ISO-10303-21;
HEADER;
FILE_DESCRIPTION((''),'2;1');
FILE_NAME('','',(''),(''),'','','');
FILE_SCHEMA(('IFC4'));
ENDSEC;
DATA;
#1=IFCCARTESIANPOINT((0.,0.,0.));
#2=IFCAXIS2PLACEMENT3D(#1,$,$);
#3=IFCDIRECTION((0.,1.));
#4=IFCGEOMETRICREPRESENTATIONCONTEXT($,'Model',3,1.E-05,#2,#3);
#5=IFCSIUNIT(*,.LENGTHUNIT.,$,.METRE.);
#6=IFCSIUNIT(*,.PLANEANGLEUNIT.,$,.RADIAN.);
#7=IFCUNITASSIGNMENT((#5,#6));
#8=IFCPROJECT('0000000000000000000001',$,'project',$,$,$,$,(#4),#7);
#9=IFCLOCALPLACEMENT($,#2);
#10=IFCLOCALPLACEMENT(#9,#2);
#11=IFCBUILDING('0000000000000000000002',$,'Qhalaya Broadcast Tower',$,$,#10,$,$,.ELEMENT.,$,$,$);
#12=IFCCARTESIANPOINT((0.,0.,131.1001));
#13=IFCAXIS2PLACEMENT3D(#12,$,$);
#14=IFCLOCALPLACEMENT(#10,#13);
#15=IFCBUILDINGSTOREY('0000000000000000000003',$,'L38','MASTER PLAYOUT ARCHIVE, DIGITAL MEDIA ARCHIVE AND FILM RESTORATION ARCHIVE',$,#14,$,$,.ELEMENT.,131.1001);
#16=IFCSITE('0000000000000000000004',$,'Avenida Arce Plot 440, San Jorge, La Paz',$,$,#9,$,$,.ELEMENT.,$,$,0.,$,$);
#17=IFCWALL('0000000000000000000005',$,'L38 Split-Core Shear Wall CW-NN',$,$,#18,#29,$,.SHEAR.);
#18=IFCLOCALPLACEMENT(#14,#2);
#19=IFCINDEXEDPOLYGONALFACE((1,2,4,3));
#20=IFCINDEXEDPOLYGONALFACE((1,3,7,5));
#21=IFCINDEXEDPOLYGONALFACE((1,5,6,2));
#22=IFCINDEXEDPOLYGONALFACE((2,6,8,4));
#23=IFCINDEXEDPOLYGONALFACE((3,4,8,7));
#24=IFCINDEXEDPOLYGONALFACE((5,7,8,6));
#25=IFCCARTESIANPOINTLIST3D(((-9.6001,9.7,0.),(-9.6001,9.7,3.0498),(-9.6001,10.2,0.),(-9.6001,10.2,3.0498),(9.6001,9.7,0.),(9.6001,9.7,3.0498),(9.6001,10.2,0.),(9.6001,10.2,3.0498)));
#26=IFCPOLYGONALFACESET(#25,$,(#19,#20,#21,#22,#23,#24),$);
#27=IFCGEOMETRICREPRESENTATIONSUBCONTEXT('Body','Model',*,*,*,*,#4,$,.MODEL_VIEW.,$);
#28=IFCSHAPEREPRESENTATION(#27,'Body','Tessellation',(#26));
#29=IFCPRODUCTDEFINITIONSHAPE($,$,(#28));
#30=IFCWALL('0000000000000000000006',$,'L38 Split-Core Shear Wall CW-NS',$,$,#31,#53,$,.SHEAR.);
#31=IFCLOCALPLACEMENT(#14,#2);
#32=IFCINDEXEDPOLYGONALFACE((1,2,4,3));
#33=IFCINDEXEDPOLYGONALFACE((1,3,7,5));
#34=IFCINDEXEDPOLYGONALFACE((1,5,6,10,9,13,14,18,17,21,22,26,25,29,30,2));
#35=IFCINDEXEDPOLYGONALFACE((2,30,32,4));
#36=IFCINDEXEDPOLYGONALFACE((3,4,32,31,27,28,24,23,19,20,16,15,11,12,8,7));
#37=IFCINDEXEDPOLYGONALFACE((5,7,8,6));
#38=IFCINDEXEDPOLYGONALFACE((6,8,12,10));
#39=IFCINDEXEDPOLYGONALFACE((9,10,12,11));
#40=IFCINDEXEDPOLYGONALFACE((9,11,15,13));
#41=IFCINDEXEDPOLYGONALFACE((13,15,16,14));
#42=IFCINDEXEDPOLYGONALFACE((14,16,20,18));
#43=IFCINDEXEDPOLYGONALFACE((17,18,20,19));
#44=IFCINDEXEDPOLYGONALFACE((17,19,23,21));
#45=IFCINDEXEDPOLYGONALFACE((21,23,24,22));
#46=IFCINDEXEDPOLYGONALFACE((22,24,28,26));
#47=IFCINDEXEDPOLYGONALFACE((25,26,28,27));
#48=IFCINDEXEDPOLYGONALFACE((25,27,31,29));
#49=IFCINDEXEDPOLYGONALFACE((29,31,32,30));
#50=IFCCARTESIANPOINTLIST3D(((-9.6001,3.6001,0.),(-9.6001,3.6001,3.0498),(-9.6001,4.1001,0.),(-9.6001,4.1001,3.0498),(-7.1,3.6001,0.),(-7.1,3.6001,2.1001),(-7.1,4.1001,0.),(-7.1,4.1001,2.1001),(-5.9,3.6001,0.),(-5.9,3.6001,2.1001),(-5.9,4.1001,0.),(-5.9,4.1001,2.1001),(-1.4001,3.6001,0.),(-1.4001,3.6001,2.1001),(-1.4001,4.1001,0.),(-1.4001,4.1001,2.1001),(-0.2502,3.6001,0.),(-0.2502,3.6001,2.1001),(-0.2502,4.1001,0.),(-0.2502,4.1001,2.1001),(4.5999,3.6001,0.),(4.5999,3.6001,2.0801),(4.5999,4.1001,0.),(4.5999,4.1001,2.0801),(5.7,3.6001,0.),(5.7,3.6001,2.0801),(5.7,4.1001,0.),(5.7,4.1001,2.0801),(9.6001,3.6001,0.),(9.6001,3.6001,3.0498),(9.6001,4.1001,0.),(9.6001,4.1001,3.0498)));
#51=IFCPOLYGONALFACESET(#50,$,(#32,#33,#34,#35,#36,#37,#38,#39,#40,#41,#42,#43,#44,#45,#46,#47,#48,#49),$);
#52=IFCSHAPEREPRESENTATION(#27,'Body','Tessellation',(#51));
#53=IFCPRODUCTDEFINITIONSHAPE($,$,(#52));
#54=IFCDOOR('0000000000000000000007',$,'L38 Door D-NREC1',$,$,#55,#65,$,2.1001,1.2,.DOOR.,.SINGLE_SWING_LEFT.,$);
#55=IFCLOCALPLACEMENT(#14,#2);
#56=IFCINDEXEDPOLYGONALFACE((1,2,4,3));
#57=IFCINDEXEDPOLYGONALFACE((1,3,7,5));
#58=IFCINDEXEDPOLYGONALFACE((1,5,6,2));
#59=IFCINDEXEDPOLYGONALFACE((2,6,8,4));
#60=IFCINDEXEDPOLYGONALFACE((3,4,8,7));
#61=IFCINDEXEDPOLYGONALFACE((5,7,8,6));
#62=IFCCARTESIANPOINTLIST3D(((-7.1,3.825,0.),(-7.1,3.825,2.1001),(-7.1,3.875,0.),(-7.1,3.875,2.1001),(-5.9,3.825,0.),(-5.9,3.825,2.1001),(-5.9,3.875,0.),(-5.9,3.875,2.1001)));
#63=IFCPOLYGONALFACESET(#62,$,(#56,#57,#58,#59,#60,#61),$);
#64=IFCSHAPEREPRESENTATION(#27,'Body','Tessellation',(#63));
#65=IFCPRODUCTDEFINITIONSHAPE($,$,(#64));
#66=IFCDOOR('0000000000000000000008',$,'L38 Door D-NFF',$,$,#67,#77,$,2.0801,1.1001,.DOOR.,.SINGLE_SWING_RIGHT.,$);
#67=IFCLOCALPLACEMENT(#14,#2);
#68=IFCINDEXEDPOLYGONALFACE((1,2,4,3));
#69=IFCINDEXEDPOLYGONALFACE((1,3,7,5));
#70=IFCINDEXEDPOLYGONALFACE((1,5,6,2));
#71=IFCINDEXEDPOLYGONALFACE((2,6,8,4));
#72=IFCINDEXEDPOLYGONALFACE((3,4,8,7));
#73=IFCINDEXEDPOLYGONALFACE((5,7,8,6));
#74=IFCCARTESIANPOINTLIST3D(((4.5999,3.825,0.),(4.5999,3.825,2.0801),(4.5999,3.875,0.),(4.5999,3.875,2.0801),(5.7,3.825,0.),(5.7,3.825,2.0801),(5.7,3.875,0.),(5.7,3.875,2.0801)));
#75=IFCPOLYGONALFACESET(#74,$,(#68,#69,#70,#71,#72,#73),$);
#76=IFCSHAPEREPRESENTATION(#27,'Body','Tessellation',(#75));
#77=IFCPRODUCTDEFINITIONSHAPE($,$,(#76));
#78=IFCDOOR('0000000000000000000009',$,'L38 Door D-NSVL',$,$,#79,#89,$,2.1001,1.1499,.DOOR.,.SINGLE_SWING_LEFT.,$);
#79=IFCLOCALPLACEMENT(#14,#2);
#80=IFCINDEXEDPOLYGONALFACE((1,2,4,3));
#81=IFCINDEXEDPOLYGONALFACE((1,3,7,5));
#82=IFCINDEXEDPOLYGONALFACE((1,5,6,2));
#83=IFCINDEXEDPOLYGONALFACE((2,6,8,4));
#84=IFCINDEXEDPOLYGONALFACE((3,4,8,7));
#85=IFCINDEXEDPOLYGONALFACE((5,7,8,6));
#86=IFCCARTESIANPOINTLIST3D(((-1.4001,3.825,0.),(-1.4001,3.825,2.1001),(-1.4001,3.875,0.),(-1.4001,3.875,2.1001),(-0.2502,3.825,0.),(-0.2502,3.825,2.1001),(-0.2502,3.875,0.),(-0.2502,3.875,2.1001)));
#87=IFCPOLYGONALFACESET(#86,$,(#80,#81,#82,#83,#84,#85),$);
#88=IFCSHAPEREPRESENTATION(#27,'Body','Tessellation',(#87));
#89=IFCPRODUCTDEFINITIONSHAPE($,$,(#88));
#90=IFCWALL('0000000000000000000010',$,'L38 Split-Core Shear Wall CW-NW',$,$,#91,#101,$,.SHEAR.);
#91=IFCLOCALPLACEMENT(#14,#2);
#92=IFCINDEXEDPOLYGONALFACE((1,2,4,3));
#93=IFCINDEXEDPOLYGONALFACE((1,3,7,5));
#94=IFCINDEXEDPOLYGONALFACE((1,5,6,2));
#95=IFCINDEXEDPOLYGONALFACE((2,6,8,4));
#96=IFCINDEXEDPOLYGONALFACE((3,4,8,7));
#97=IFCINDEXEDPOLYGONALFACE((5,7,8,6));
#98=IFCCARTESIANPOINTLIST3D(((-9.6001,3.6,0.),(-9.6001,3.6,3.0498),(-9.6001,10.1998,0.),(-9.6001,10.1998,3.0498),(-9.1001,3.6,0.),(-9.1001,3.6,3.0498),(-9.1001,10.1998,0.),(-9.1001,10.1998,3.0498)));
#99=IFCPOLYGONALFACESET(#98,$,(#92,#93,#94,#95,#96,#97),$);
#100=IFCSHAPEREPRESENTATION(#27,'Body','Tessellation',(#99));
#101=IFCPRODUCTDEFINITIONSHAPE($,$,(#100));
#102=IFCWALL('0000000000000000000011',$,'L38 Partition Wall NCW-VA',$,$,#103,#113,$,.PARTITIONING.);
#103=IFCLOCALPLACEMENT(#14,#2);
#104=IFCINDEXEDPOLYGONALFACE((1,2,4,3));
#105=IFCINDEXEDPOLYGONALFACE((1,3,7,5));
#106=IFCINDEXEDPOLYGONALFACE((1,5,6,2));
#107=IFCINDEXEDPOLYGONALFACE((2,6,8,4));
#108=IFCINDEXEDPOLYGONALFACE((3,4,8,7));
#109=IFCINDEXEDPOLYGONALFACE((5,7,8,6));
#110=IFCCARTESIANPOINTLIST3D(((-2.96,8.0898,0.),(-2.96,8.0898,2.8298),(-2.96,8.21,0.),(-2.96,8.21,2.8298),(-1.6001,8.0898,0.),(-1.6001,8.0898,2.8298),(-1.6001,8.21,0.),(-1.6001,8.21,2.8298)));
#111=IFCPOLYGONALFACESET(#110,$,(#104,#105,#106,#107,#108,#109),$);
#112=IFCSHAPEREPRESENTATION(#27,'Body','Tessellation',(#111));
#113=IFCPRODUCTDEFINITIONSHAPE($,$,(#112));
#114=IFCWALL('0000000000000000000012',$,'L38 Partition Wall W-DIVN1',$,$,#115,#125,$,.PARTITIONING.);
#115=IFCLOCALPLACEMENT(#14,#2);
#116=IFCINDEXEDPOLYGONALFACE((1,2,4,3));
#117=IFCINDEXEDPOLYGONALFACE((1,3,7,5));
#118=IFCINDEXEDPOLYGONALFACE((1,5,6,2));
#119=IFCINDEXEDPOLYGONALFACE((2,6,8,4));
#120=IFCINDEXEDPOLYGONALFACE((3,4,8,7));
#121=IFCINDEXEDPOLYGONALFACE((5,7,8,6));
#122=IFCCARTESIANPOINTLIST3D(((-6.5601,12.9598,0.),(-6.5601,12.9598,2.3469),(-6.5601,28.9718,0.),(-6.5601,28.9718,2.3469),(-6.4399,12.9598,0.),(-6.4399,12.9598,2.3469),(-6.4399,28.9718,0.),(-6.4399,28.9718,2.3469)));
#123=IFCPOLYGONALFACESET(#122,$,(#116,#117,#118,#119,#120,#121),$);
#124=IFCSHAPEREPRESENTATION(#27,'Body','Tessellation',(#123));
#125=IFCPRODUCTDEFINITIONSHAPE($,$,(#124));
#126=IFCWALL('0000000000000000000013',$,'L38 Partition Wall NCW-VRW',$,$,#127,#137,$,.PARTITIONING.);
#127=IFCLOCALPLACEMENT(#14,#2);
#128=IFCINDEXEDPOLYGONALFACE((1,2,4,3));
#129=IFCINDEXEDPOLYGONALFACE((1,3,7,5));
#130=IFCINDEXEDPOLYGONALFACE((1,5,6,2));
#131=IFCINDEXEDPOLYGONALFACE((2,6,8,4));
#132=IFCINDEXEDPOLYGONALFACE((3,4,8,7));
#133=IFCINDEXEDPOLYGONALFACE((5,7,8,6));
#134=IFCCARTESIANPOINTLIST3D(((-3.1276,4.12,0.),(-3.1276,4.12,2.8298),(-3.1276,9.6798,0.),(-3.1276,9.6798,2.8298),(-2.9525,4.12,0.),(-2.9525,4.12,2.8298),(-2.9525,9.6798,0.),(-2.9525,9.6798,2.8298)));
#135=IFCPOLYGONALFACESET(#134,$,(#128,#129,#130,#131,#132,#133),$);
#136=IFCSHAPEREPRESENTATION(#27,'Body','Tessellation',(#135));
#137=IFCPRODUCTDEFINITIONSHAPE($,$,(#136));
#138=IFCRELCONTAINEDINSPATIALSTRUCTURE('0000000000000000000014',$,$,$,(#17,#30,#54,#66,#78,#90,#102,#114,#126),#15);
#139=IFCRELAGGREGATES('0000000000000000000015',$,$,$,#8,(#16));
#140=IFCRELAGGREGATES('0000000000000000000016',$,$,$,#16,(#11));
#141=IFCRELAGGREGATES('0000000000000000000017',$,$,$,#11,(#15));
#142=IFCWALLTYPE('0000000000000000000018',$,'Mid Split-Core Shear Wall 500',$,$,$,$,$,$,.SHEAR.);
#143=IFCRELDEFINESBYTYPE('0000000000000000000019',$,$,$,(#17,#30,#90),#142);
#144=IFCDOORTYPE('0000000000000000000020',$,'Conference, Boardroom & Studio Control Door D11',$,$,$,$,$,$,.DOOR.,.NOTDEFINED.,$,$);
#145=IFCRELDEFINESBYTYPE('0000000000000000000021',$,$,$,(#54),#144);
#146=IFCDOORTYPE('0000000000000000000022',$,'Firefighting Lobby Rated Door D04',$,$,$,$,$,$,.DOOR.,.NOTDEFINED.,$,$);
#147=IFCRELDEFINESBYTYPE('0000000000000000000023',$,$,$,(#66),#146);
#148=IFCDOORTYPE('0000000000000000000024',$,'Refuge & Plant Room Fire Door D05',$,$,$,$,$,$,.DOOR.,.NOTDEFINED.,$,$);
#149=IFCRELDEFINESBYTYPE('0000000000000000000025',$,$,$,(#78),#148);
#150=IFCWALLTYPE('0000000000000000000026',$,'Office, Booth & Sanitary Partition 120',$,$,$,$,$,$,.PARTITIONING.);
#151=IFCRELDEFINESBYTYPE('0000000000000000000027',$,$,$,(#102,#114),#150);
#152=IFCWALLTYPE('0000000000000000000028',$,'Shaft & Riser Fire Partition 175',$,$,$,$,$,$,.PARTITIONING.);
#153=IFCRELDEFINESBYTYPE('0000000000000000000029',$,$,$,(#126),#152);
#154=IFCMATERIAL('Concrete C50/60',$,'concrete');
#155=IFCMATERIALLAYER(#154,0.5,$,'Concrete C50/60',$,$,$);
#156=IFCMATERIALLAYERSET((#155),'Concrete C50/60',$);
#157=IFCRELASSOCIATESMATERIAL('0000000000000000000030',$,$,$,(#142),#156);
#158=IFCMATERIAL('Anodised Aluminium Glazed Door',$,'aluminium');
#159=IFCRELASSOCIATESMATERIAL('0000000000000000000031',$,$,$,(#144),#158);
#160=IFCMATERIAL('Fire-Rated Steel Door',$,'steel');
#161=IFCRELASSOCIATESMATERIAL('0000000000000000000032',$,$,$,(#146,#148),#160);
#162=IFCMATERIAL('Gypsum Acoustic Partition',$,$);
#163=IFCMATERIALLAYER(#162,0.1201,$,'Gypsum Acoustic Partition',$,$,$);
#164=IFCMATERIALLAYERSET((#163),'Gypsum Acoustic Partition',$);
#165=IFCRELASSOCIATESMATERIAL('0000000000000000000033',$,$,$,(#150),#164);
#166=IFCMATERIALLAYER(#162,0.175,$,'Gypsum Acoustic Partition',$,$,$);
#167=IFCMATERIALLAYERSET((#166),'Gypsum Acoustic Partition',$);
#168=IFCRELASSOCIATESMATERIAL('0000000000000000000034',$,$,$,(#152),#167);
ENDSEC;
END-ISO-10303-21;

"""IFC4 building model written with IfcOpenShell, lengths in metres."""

from ifc_helpers import new_model, si_unit, direction, frame, frame_2d, origin, place, context, subcontext, project, spatial, rectangle, extrude, material, layer, layer_set, type_object, element, fill, save


model = new_model("IFC4")

# Units and contexts
model_context = context("Model", 3, precision=1e-05, world=origin(), true_north=direction((0.0, 1.0)))
body_context = subcontext(model_context, "Body", "Model", "MODEL_VIEW")
ifc_project = project(units=[si_unit("LENGTHUNIT", "METRE"), si_unit("PLANEANGLEUNIT", "RADIAN")], contexts=[model_context])

# Site, building, storey
site_placement = place(None, origin())
site = spatial("IfcSite", under=ifc_project, at=site_placement, Name="Avenida Arce Plot 440, San Jorge, La Paz", CompositionType="ELEMENT", RefElevation=0.0)
building_placement = place(site_placement, origin())
building = spatial("IfcBuilding", under=site, at=building_placement, Name="Qhalaya Broadcast Tower", CompositionType="ELEMENT")
storey_placement = place(building_placement, frame((0.0, 0.0, 131.1001)))
storey = spatial("IfcBuildingStorey", under=building, at=storey_placement, Name="L38", Description="MASTER PLAYOUT ARCHIVE, DIGITAL MEDIA ARCHIVE AND FILM RESTORATION ARCHIVE", CompositionType="ELEMENT", Elevation=131.1001)

# Shared definitions
ifc_material_1 = material(Name="Concrete C50/60", Category="concrete")

# Shared definitions
ifc_material_2 = material(Name="Gypsum Acoustic Partition")
ifc_material_3 = material(Name="Fire-Rated Steel Door", Category="steel")

# Wall
ifc_layer_1 = layer(ifc_material_1, 0.5, Name="Concrete C50/60")
ifc_layer_set_1 = layer_set([ifc_layer_1], Name="Concrete C50/60")
wall_type_1 = type_object("IfcWallType", Name="Mid Split-Core Shear Wall 500", PredefinedType="SHEAR", material=ifc_layer_set_1)
wall_1_placement = place(storey_placement, frame((-9.6001, 9.95, 0.0), z_axis=(0.0, 0.0, 1.0), x_axis=(1.0, 0.0, 0.0)))
element("IfcWall", 1, at=wall_1_placement, inside=storey, type_object=wall_type_1, Name="L38 Split-Core Shear Wall CW-NN", PredefinedType="SHEAR", context=body_context, shape_type="SweptSolid", body=[
    extrude(rectangle(XDim=19.2002, YDim=0.5, at=frame_2d((9.6001, 0.0))), origin(), (0.0, 0.0, 1.0), 3.0498),
])

# Wall, openings, doors
wall_2_placement = place(storey_placement, frame((-9.6001, 3.8501, 0.0), z_axis=(0.0, 0.0, 1.0), x_axis=(1.0, 0.0, 0.0)))
wall_2 = element("IfcWall", 2, at=wall_2_placement, inside=storey, type_object=wall_type_1, Name="L38 Split-Core Shear Wall CW-NS", PredefinedType="SHEAR", context=body_context, shape_type="SweptSolid", body=[
    extrude(rectangle(XDim=19.2002, YDim=0.5, at=frame_2d((9.6001, 0.0))), origin(), (0.0, 0.0, 1.0), 3.0498),
])
opening_1_placement = place(wall_2_placement, frame((14.2, 0.0, 0.0)))
opening_1 = element("IfcOpeningElement", 3, at=opening_1_placement, cuts=wall_2, PredefinedType="OPENING", context=body_context, shape_type="SweptSolid", body=[
    extrude(rectangle(XDim=1.1001, YDim=2.0801, at=frame_2d((0.55, 1.04))), frame((0.0, 0.262, 0.0), z_axis=(0.0, -1.0, 0.0), x_axis=(1.0, 0.0, 0.0)), (0.0, 0.0, 1.0), 0.5239),
])
opening_2_placement = place(wall_2_placement, frame((8.2, 0.0, 0.0)))
opening_2 = element("IfcOpeningElement", 4, at=opening_2_placement, cuts=wall_2, PredefinedType="OPENING", context=body_context, shape_type="SweptSolid", body=[
    extrude(rectangle(XDim=1.1499, YDim=2.1001, at=frame_2d((0.575, 1.05))), frame((0.0, 0.262, 0.0), z_axis=(0.0, -1.0, 0.0), x_axis=(1.0, 0.0, 0.0)), (0.0, 0.0, 1.0), 0.5239),
])
opening_3_placement = place(wall_2_placement, frame((2.5, 0.0, 0.0)))
opening_3 = element("IfcOpeningElement", 5, at=opening_3_placement, cuts=wall_2, PredefinedType="OPENING", context=body_context, shape_type="SweptSolid", body=[
    extrude(rectangle(XDim=1.2, YDim=2.1001, at=frame_2d((0.6001, 1.05))), frame((0.0, 0.262, 0.0), z_axis=(0.0, -1.0, 0.0), x_axis=(1.0, 0.0, 0.0)), (0.0, 0.0, 1.0), 0.5239),
])
ifc_material_4 = material(Name="Anodised Aluminium Glazed Door", Category="aluminium")
door_type_1 = type_object("IfcDoorType", Name="Conference, Boardroom & Studio Control Door D11", OperationType="NOTDEFINED", PredefinedType="DOOR", material=ifc_material_4)
door_1_placement = place(opening_3_placement, origin())
door_1 = element("IfcDoor", 6, at=door_1_placement, inside=storey, type_object=door_type_1, Name="L38 Door D-NREC1", OperationType="SINGLE_SWING_LEFT", OverallHeight=2.1001, OverallWidth=1.2, PredefinedType="DOOR", context=body_context, shape_type="SweptSolid", body=[
    extrude(rectangle(XDim=1.2, YDim=2.1001, at=frame_2d((0.6001, 1.05))), frame((0.0, 0.0249, 0.0), z_axis=(0.0, -1.0, 0.0), x_axis=(1.0, 0.0, 0.0)), (0.0, 0.0, 1.0), 0.05),
])
fill(opening_3, door_1)
door_type_2 = type_object("IfcDoorType", Name="Firefighting Lobby Rated Door D04", OperationType="NOTDEFINED", PredefinedType="DOOR", material=ifc_material_3)
door_2_placement = place(opening_1_placement, origin())
door_2 = element("IfcDoor", 7, at=door_2_placement, inside=storey, type_object=door_type_2, Name="L38 Door D-NFF", OperationType="SINGLE_SWING_RIGHT", OverallHeight=2.0801, OverallWidth=1.1001, PredefinedType="DOOR", context=body_context, shape_type="SweptSolid", body=[
    extrude(rectangle(XDim=1.1001, YDim=2.0801, at=frame_2d((0.55, 1.04))), frame((0.0, 0.0249, 0.0), z_axis=(0.0, -1.0, 0.0), x_axis=(1.0, 0.0, 0.0)), (0.0, 0.0, 1.0), 0.05),
])
fill(opening_1, door_2)
door_type_3 = type_object("IfcDoorType", Name="Refuge & Plant Room Fire Door D05", OperationType="NOTDEFINED", PredefinedType="DOOR", material=ifc_material_3)
door_3_placement = place(opening_2_placement, origin())
door_3 = element("IfcDoor", 8, at=door_3_placement, inside=storey, type_object=door_type_3, Name="L38 Door D-NSVL", OperationType="SINGLE_SWING_LEFT", OverallHeight=2.1001, OverallWidth=1.1499, PredefinedType="DOOR", context=body_context, shape_type="SweptSolid", body=[
    extrude(rectangle(XDim=1.1499, YDim=2.1001, at=frame_2d((0.575, 1.05))), frame((0.0, 0.0249, 0.0), z_axis=(0.0, -1.0, 0.0), x_axis=(1.0, 0.0, 0.0)), (0.0, 0.0, 1.0), 0.05),
])
fill(opening_2, door_3)

# Walls
wall_3_placement = place(storey_placement, frame((-9.3501, 3.6001, 0.0), z_axis=(0.0, 0.0, 1.0), x_axis=(0.0, 1.0, 0.0)))
element("IfcWall", 9, at=wall_3_placement, inside=storey, type_object=wall_type_1, Name="L38 Split-Core Shear Wall CW-NW", PredefinedType="SHEAR", context=body_context, shape_type="SweptSolid", body=[
    extrude(rectangle(XDim=6.5999, YDim=0.5, at=frame_2d((3.2998, 0.0))), origin(), (0.0, 0.0, 1.0), 3.0498),
])
ifc_layer_2 = layer(ifc_material_2, 0.1201, Name="Gypsum Acoustic Partition")
ifc_layer_set_2 = layer_set([ifc_layer_2], Name="Gypsum Acoustic Partition")
wall_type_2 = type_object("IfcWallType", Name="Office, Booth & Sanitary Partition 120", PredefinedType="PARTITIONING", material=ifc_layer_set_2)
wall_4_placement = place(storey_placement, frame((-2.96, 8.1499, 0.0), z_axis=(0.0, 0.0, 1.0), x_axis=(1.0, 0.0, 0.0)))
element("IfcWall", 10, at=wall_4_placement, inside=storey, type_object=wall_type_2, Name="L38 Partition Wall NCW-VA", PredefinedType="PARTITIONING", context=body_context, shape_type="SweptSolid", body=[
    extrude(rectangle(XDim=1.3599, YDim=0.1201, at=frame_2d((0.6799, 0.0))), origin(), (0.0, 0.0, 1.0), 2.8298),
])
wall_5_placement = place(storey_placement, frame((-6.5, 12.96, 0.0), z_axis=(0.0, 0.0, 1.0), x_axis=(0.0, 1.0, 0.0)))
element("IfcWall", 11, at=wall_5_placement, inside=storey, type_object=wall_type_2, Name="L38 Partition Wall W-DIVN1", PredefinedType="PARTITIONING", context=body_context, shape_type="SweptSolid", body=[
    extrude(rectangle(XDim=16.012, YDim=0.1201, at=frame_2d((8.0059, 0.0))), origin(), (0.0, 0.0, 1.0), 2.3469),
])
ifc_layer_3 = layer(ifc_material_2, 0.175, Name="Gypsum Acoustic Partition")
ifc_layer_set_3 = layer_set([ifc_layer_3], Name="Gypsum Acoustic Partition")
wall_type_3 = type_object("IfcWallType", Name="Shaft & Riser Fire Partition 175", PredefinedType="PARTITIONING", material=ifc_layer_set_3)
wall_6_placement = place(storey_placement, frame((-3.04, 4.1201, 0.0), z_axis=(0.0, 0.0, 1.0), x_axis=(0.0, 1.0, 0.0)))
element("IfcWall", 12, at=wall_6_placement, inside=storey, type_object=wall_type_3, Name="L38 Partition Wall NCW-VRW", PredefinedType="PARTITIONING", context=body_context, shape_type="SweptSolid", body=[
    extrude(rectangle(XDim=5.5598, YDim=0.175, at=frame_2d((2.7798, 0.0))), origin(), (0.0, 0.0, 1.0), 2.8298),
])

save(model, "model.ifc")
